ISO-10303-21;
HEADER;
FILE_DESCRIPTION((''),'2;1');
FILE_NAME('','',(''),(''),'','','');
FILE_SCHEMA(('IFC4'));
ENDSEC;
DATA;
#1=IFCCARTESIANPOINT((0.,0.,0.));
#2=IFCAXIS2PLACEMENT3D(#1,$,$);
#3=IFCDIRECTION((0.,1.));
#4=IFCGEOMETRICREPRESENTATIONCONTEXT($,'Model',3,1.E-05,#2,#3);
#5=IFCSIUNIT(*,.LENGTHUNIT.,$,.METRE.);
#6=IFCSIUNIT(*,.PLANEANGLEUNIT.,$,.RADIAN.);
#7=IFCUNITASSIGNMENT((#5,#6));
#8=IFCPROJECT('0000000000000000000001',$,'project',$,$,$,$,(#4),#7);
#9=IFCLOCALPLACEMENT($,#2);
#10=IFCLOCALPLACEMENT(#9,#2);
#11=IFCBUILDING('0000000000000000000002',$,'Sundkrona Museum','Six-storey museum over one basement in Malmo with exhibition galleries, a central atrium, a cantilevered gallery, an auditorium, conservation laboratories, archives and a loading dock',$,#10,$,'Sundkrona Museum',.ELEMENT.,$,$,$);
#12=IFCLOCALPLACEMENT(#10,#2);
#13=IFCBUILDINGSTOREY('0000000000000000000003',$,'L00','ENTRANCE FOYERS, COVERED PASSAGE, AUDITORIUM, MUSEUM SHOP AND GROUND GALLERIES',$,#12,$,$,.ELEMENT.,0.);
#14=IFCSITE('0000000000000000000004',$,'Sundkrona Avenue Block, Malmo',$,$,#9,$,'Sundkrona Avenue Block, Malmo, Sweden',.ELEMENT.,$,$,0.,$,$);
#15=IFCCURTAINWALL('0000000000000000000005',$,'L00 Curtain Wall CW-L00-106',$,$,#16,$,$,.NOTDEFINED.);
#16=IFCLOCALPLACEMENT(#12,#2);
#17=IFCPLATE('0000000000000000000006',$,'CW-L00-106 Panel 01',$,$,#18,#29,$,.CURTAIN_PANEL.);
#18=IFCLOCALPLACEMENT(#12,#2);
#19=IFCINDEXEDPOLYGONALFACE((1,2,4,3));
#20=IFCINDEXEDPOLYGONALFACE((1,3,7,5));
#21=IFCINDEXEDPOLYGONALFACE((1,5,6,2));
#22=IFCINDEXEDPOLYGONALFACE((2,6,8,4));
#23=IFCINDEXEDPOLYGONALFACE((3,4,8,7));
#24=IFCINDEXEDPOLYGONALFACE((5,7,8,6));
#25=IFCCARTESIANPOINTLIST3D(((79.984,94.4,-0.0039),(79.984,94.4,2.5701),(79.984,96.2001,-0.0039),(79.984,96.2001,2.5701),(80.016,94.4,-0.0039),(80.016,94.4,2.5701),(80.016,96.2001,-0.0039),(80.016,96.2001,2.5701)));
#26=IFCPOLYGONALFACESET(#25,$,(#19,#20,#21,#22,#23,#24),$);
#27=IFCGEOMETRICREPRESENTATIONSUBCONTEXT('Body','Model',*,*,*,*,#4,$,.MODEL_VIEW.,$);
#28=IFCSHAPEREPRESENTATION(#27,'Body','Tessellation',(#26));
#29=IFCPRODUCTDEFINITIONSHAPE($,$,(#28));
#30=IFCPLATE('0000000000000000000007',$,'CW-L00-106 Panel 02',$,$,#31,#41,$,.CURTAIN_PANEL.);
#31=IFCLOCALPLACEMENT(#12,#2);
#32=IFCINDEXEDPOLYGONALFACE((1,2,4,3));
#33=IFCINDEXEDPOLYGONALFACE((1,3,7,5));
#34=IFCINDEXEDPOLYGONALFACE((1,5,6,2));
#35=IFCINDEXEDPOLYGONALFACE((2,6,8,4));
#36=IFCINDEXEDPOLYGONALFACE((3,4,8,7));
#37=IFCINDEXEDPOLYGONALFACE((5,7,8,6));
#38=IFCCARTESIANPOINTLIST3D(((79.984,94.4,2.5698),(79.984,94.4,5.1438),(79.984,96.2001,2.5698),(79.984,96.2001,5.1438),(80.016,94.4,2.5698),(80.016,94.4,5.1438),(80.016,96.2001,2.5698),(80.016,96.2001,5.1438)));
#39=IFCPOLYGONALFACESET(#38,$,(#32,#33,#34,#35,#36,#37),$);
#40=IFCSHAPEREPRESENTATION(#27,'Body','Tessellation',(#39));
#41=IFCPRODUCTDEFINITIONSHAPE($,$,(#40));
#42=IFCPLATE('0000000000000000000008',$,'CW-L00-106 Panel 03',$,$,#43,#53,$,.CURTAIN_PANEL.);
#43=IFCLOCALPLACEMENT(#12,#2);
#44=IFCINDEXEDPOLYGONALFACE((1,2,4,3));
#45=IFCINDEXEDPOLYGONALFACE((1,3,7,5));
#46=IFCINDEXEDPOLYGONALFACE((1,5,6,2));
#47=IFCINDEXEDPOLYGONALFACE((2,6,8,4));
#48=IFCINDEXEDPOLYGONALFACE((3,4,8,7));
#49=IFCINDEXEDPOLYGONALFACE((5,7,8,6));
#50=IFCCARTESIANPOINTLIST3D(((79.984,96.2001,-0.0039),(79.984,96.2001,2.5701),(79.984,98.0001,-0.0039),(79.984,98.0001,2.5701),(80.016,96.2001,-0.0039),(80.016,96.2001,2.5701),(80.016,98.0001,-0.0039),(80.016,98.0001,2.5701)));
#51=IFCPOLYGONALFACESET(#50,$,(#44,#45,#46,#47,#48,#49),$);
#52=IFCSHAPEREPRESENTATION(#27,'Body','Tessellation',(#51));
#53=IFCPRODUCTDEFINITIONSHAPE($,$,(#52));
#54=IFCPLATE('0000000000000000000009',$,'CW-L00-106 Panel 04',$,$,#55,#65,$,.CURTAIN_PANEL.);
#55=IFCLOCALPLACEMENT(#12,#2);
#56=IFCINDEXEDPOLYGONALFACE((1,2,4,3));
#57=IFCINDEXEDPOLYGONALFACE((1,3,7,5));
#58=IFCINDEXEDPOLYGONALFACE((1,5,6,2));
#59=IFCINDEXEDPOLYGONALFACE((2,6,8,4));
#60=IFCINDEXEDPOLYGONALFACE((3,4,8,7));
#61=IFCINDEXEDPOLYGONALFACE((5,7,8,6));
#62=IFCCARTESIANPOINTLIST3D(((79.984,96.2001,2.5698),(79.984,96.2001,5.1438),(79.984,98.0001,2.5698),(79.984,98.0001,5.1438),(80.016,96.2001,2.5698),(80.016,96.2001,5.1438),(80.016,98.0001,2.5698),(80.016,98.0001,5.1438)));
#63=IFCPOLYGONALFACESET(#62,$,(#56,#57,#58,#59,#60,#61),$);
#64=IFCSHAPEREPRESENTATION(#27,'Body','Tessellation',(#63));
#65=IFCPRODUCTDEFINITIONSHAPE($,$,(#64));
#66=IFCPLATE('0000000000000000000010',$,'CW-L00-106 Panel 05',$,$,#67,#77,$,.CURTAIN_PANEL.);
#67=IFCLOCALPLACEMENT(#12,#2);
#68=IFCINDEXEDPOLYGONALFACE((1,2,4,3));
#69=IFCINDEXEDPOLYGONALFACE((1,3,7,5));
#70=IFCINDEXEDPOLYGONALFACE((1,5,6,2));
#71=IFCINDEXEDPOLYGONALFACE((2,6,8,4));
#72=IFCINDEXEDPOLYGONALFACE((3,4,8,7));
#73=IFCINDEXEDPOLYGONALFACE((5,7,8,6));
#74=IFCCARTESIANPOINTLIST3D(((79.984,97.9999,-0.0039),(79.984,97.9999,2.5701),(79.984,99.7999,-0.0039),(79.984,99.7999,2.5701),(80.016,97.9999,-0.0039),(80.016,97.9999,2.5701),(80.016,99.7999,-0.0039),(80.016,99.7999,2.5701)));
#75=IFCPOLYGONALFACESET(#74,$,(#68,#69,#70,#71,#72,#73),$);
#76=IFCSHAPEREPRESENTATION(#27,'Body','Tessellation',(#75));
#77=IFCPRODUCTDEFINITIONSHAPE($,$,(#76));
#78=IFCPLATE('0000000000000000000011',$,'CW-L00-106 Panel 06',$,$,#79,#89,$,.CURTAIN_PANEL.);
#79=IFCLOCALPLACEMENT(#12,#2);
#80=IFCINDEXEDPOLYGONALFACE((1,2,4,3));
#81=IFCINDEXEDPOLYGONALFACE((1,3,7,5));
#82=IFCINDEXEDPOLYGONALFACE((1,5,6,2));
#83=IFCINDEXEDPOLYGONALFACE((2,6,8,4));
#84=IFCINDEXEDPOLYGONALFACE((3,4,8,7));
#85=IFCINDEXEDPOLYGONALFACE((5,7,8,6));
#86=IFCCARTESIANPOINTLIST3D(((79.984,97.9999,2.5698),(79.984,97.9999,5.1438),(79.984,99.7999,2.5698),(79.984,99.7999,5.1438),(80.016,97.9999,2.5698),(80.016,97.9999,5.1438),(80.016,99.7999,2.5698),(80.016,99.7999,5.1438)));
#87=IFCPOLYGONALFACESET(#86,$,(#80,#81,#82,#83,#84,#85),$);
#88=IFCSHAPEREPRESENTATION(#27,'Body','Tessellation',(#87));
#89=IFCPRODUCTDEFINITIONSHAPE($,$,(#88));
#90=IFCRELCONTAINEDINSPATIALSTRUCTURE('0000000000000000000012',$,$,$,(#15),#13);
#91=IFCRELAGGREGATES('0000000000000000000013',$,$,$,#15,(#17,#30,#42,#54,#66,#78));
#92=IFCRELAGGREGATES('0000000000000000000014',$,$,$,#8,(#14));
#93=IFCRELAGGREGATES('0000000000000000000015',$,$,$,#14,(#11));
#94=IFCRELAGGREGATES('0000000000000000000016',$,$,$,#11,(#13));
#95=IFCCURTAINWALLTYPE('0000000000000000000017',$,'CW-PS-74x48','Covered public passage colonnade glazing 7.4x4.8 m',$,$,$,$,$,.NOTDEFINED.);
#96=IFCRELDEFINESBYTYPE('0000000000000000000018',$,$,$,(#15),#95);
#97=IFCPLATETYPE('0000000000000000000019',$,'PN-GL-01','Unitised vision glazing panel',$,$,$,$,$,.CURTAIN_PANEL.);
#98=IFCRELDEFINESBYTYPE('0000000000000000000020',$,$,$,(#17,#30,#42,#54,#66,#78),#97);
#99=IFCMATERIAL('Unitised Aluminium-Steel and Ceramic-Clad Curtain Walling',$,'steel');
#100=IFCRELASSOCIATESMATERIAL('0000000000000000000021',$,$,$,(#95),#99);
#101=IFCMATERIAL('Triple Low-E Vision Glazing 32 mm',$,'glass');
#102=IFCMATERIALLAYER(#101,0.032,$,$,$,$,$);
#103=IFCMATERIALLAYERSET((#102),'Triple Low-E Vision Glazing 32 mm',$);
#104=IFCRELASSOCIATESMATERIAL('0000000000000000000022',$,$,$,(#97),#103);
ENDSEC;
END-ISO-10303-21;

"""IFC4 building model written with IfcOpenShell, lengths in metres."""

from ifc_helpers import new_model, si_unit, direction, frame, origin, origin_2d, place, context, subcontext, project, spatial, rectangle, extrude, material, layer, layer_set, type_object, element, aggregate, save


model = new_model("IFC4")

# Units and contexts
model_context = context("Model", 3, precision=1e-05, world=origin(), true_north=direction((0.0, 1.0)))
body_context = subcontext(model_context, "Body", "Model", "MODEL_VIEW")
ifc_project = project(units=[si_unit("LENGTHUNIT", "METRE"), si_unit("PLANEANGLEUNIT", "RADIAN")], contexts=[model_context])

# Site, building, storey
site_placement = place(None, origin())
site = spatial("IfcSite", under=ifc_project, at=site_placement, Name="Sundkrona Avenue Block, Malmo", LongName="Sundkrona Avenue Block, Malmo, Sweden", CompositionType="ELEMENT", RefElevation=0.0)
building_placement = place(site_placement, origin())
building = spatial("IfcBuilding", under=site, at=building_placement, Name="Sundkrona Museum", Description="Six-storey museum over one basement in Malmo with exhibition galleries, a central atrium, a cantilevered gallery, an auditorium, conservation laboratories, archives and a loading dock", LongName="Sundkrona Museum", CompositionType="ELEMENT")
storey_placement = place(building_placement, origin())
storey = spatial("IfcBuildingStorey", under=building, at=storey_placement, Name="L00", Description="ENTRANCE FOYERS, COVERED PASSAGE, AUDITORIUM, MUSEUM SHOP AND GROUND GALLERIES", CompositionType="ELEMENT", Elevation=0.0)

# Curtain wall, plates
ifc_material_1 = material(Name="Unitised Aluminium-Steel and Ceramic-Clad Curtain Walling", Category="steel")
curtain_wall_type = type_object("IfcCurtainWallType", Name="CW-PS-74x48", Description="Covered public passage colonnade glazing 7.4x4.8 m", PredefinedType="NOTDEFINED", material=ifc_material_1)
curtain_wall_placement = place(storey_placement, origin())
curtain_wall = element("IfcCurtainWall", 1, at=curtain_wall_placement, inside=storey, type_object=curtain_wall_type, Name="L00 Curtain Wall CW-L00-106", PredefinedType="NOTDEFINED")
ifc_material_2 = material(Name="Triple Low-E Vision Glazing 32 mm", Category="glass")
ifc_layer_1 = layer(ifc_material_2, 0.032)
ifc_layer_set_1 = layer_set([ifc_layer_1], Name="Triple Low-E Vision Glazing 32 mm")
plate_type = type_object("IfcPlateType", Name="PN-GL-01", Description="Unitised vision glazing panel", PredefinedType="CURTAIN_PANEL", material=ifc_layer_set_1)
plate_1_placement = place(storey_placement, frame((80.0, 95.3, -0.0039), z_axis=(0.0, 0.0, 1.0), x_axis=(0.0, 1.0, 0.0)))
plate_1 = element("IfcPlate", 2, at=plate_1_placement, type_object=plate_type, Name="CW-L00-106 Panel 01", PredefinedType="CURTAIN_PANEL", context=body_context, shape_type="SweptSolid", body=[
    extrude(rectangle(XDim=1.8, YDim=0.032, at=origin_2d()), origin(), (0.0, 0.0, 1.0), 2.574),
])
plate_2_placement = place(storey_placement, frame((80.0, 95.3, 2.5698), z_axis=(0.0, 0.0, 1.0), x_axis=(0.0, 1.0, 0.0)))
plate_2 = element("IfcPlate", 3, at=plate_2_placement, type_object=plate_type, Name="CW-L00-106 Panel 02", PredefinedType="CURTAIN_PANEL", context=body_context, shape_type="SweptSolid", body=[
    extrude(rectangle(XDim=1.8, YDim=0.032, at=origin_2d()), origin(), (0.0, 0.0, 1.0), 2.574),
])
plate_3_placement = place(storey_placement, frame((80.0, 97.1001, -0.0039), z_axis=(0.0, 0.0, 1.0), x_axis=(0.0, 1.0, 0.0)))
plate_3 = element("IfcPlate", 4, at=plate_3_placement, type_object=plate_type, Name="CW-L00-106 Panel 03", PredefinedType="CURTAIN_PANEL", context=body_context, shape_type="SweptSolid", body=[
    extrude(rectangle(XDim=1.8, YDim=0.032, at=origin_2d()), origin(), (0.0, 0.0, 1.0), 2.574),
])
plate_4_placement = place(storey_placement, frame((80.0, 97.1001, 2.5698), z_axis=(0.0, 0.0, 1.0), x_axis=(0.0, 1.0, 0.0)))
plate_4 = element("IfcPlate", 5, at=plate_4_placement, type_object=plate_type, Name="CW-L00-106 Panel 04", PredefinedType="CURTAIN_PANEL", context=body_context, shape_type="SweptSolid", body=[
    extrude(rectangle(XDim=1.8, YDim=0.032, at=origin_2d()), origin(), (0.0, 0.0, 1.0), 2.574),
])
plate_5_placement = place(storey_placement, frame((80.0, 98.8999, -0.0039), z_axis=(0.0, 0.0, 1.0), x_axis=(0.0, 1.0, 0.0)))
plate_5 = element("IfcPlate", 6, at=plate_5_placement, type_object=plate_type, Name="CW-L00-106 Panel 05", PredefinedType="CURTAIN_PANEL", context=body_context, shape_type="SweptSolid", body=[
    extrude(rectangle(XDim=1.8, YDim=0.032, at=origin_2d()), origin(), (0.0, 0.0, 1.0), 2.574),
])
plate_6_placement = place(storey_placement, frame((80.0, 98.8999, 2.5698), z_axis=(0.0, 0.0, 1.0), x_axis=(0.0, 1.0, 0.0)))
plate_6 = element("IfcPlate", 7, at=plate_6_placement, type_object=plate_type, Name="CW-L00-106 Panel 06", PredefinedType="CURTAIN_PANEL", context=body_context, shape_type="SweptSolid", body=[
    extrude(rectangle(XDim=1.8, YDim=0.032, at=origin_2d()), origin(), (0.0, 0.0, 1.0), 2.574),
])
aggregate(curtain_wall, [plate_1, plate_2, plate_3, plate_4, plate_5, plate_6])

save(model, "model.ifc")
